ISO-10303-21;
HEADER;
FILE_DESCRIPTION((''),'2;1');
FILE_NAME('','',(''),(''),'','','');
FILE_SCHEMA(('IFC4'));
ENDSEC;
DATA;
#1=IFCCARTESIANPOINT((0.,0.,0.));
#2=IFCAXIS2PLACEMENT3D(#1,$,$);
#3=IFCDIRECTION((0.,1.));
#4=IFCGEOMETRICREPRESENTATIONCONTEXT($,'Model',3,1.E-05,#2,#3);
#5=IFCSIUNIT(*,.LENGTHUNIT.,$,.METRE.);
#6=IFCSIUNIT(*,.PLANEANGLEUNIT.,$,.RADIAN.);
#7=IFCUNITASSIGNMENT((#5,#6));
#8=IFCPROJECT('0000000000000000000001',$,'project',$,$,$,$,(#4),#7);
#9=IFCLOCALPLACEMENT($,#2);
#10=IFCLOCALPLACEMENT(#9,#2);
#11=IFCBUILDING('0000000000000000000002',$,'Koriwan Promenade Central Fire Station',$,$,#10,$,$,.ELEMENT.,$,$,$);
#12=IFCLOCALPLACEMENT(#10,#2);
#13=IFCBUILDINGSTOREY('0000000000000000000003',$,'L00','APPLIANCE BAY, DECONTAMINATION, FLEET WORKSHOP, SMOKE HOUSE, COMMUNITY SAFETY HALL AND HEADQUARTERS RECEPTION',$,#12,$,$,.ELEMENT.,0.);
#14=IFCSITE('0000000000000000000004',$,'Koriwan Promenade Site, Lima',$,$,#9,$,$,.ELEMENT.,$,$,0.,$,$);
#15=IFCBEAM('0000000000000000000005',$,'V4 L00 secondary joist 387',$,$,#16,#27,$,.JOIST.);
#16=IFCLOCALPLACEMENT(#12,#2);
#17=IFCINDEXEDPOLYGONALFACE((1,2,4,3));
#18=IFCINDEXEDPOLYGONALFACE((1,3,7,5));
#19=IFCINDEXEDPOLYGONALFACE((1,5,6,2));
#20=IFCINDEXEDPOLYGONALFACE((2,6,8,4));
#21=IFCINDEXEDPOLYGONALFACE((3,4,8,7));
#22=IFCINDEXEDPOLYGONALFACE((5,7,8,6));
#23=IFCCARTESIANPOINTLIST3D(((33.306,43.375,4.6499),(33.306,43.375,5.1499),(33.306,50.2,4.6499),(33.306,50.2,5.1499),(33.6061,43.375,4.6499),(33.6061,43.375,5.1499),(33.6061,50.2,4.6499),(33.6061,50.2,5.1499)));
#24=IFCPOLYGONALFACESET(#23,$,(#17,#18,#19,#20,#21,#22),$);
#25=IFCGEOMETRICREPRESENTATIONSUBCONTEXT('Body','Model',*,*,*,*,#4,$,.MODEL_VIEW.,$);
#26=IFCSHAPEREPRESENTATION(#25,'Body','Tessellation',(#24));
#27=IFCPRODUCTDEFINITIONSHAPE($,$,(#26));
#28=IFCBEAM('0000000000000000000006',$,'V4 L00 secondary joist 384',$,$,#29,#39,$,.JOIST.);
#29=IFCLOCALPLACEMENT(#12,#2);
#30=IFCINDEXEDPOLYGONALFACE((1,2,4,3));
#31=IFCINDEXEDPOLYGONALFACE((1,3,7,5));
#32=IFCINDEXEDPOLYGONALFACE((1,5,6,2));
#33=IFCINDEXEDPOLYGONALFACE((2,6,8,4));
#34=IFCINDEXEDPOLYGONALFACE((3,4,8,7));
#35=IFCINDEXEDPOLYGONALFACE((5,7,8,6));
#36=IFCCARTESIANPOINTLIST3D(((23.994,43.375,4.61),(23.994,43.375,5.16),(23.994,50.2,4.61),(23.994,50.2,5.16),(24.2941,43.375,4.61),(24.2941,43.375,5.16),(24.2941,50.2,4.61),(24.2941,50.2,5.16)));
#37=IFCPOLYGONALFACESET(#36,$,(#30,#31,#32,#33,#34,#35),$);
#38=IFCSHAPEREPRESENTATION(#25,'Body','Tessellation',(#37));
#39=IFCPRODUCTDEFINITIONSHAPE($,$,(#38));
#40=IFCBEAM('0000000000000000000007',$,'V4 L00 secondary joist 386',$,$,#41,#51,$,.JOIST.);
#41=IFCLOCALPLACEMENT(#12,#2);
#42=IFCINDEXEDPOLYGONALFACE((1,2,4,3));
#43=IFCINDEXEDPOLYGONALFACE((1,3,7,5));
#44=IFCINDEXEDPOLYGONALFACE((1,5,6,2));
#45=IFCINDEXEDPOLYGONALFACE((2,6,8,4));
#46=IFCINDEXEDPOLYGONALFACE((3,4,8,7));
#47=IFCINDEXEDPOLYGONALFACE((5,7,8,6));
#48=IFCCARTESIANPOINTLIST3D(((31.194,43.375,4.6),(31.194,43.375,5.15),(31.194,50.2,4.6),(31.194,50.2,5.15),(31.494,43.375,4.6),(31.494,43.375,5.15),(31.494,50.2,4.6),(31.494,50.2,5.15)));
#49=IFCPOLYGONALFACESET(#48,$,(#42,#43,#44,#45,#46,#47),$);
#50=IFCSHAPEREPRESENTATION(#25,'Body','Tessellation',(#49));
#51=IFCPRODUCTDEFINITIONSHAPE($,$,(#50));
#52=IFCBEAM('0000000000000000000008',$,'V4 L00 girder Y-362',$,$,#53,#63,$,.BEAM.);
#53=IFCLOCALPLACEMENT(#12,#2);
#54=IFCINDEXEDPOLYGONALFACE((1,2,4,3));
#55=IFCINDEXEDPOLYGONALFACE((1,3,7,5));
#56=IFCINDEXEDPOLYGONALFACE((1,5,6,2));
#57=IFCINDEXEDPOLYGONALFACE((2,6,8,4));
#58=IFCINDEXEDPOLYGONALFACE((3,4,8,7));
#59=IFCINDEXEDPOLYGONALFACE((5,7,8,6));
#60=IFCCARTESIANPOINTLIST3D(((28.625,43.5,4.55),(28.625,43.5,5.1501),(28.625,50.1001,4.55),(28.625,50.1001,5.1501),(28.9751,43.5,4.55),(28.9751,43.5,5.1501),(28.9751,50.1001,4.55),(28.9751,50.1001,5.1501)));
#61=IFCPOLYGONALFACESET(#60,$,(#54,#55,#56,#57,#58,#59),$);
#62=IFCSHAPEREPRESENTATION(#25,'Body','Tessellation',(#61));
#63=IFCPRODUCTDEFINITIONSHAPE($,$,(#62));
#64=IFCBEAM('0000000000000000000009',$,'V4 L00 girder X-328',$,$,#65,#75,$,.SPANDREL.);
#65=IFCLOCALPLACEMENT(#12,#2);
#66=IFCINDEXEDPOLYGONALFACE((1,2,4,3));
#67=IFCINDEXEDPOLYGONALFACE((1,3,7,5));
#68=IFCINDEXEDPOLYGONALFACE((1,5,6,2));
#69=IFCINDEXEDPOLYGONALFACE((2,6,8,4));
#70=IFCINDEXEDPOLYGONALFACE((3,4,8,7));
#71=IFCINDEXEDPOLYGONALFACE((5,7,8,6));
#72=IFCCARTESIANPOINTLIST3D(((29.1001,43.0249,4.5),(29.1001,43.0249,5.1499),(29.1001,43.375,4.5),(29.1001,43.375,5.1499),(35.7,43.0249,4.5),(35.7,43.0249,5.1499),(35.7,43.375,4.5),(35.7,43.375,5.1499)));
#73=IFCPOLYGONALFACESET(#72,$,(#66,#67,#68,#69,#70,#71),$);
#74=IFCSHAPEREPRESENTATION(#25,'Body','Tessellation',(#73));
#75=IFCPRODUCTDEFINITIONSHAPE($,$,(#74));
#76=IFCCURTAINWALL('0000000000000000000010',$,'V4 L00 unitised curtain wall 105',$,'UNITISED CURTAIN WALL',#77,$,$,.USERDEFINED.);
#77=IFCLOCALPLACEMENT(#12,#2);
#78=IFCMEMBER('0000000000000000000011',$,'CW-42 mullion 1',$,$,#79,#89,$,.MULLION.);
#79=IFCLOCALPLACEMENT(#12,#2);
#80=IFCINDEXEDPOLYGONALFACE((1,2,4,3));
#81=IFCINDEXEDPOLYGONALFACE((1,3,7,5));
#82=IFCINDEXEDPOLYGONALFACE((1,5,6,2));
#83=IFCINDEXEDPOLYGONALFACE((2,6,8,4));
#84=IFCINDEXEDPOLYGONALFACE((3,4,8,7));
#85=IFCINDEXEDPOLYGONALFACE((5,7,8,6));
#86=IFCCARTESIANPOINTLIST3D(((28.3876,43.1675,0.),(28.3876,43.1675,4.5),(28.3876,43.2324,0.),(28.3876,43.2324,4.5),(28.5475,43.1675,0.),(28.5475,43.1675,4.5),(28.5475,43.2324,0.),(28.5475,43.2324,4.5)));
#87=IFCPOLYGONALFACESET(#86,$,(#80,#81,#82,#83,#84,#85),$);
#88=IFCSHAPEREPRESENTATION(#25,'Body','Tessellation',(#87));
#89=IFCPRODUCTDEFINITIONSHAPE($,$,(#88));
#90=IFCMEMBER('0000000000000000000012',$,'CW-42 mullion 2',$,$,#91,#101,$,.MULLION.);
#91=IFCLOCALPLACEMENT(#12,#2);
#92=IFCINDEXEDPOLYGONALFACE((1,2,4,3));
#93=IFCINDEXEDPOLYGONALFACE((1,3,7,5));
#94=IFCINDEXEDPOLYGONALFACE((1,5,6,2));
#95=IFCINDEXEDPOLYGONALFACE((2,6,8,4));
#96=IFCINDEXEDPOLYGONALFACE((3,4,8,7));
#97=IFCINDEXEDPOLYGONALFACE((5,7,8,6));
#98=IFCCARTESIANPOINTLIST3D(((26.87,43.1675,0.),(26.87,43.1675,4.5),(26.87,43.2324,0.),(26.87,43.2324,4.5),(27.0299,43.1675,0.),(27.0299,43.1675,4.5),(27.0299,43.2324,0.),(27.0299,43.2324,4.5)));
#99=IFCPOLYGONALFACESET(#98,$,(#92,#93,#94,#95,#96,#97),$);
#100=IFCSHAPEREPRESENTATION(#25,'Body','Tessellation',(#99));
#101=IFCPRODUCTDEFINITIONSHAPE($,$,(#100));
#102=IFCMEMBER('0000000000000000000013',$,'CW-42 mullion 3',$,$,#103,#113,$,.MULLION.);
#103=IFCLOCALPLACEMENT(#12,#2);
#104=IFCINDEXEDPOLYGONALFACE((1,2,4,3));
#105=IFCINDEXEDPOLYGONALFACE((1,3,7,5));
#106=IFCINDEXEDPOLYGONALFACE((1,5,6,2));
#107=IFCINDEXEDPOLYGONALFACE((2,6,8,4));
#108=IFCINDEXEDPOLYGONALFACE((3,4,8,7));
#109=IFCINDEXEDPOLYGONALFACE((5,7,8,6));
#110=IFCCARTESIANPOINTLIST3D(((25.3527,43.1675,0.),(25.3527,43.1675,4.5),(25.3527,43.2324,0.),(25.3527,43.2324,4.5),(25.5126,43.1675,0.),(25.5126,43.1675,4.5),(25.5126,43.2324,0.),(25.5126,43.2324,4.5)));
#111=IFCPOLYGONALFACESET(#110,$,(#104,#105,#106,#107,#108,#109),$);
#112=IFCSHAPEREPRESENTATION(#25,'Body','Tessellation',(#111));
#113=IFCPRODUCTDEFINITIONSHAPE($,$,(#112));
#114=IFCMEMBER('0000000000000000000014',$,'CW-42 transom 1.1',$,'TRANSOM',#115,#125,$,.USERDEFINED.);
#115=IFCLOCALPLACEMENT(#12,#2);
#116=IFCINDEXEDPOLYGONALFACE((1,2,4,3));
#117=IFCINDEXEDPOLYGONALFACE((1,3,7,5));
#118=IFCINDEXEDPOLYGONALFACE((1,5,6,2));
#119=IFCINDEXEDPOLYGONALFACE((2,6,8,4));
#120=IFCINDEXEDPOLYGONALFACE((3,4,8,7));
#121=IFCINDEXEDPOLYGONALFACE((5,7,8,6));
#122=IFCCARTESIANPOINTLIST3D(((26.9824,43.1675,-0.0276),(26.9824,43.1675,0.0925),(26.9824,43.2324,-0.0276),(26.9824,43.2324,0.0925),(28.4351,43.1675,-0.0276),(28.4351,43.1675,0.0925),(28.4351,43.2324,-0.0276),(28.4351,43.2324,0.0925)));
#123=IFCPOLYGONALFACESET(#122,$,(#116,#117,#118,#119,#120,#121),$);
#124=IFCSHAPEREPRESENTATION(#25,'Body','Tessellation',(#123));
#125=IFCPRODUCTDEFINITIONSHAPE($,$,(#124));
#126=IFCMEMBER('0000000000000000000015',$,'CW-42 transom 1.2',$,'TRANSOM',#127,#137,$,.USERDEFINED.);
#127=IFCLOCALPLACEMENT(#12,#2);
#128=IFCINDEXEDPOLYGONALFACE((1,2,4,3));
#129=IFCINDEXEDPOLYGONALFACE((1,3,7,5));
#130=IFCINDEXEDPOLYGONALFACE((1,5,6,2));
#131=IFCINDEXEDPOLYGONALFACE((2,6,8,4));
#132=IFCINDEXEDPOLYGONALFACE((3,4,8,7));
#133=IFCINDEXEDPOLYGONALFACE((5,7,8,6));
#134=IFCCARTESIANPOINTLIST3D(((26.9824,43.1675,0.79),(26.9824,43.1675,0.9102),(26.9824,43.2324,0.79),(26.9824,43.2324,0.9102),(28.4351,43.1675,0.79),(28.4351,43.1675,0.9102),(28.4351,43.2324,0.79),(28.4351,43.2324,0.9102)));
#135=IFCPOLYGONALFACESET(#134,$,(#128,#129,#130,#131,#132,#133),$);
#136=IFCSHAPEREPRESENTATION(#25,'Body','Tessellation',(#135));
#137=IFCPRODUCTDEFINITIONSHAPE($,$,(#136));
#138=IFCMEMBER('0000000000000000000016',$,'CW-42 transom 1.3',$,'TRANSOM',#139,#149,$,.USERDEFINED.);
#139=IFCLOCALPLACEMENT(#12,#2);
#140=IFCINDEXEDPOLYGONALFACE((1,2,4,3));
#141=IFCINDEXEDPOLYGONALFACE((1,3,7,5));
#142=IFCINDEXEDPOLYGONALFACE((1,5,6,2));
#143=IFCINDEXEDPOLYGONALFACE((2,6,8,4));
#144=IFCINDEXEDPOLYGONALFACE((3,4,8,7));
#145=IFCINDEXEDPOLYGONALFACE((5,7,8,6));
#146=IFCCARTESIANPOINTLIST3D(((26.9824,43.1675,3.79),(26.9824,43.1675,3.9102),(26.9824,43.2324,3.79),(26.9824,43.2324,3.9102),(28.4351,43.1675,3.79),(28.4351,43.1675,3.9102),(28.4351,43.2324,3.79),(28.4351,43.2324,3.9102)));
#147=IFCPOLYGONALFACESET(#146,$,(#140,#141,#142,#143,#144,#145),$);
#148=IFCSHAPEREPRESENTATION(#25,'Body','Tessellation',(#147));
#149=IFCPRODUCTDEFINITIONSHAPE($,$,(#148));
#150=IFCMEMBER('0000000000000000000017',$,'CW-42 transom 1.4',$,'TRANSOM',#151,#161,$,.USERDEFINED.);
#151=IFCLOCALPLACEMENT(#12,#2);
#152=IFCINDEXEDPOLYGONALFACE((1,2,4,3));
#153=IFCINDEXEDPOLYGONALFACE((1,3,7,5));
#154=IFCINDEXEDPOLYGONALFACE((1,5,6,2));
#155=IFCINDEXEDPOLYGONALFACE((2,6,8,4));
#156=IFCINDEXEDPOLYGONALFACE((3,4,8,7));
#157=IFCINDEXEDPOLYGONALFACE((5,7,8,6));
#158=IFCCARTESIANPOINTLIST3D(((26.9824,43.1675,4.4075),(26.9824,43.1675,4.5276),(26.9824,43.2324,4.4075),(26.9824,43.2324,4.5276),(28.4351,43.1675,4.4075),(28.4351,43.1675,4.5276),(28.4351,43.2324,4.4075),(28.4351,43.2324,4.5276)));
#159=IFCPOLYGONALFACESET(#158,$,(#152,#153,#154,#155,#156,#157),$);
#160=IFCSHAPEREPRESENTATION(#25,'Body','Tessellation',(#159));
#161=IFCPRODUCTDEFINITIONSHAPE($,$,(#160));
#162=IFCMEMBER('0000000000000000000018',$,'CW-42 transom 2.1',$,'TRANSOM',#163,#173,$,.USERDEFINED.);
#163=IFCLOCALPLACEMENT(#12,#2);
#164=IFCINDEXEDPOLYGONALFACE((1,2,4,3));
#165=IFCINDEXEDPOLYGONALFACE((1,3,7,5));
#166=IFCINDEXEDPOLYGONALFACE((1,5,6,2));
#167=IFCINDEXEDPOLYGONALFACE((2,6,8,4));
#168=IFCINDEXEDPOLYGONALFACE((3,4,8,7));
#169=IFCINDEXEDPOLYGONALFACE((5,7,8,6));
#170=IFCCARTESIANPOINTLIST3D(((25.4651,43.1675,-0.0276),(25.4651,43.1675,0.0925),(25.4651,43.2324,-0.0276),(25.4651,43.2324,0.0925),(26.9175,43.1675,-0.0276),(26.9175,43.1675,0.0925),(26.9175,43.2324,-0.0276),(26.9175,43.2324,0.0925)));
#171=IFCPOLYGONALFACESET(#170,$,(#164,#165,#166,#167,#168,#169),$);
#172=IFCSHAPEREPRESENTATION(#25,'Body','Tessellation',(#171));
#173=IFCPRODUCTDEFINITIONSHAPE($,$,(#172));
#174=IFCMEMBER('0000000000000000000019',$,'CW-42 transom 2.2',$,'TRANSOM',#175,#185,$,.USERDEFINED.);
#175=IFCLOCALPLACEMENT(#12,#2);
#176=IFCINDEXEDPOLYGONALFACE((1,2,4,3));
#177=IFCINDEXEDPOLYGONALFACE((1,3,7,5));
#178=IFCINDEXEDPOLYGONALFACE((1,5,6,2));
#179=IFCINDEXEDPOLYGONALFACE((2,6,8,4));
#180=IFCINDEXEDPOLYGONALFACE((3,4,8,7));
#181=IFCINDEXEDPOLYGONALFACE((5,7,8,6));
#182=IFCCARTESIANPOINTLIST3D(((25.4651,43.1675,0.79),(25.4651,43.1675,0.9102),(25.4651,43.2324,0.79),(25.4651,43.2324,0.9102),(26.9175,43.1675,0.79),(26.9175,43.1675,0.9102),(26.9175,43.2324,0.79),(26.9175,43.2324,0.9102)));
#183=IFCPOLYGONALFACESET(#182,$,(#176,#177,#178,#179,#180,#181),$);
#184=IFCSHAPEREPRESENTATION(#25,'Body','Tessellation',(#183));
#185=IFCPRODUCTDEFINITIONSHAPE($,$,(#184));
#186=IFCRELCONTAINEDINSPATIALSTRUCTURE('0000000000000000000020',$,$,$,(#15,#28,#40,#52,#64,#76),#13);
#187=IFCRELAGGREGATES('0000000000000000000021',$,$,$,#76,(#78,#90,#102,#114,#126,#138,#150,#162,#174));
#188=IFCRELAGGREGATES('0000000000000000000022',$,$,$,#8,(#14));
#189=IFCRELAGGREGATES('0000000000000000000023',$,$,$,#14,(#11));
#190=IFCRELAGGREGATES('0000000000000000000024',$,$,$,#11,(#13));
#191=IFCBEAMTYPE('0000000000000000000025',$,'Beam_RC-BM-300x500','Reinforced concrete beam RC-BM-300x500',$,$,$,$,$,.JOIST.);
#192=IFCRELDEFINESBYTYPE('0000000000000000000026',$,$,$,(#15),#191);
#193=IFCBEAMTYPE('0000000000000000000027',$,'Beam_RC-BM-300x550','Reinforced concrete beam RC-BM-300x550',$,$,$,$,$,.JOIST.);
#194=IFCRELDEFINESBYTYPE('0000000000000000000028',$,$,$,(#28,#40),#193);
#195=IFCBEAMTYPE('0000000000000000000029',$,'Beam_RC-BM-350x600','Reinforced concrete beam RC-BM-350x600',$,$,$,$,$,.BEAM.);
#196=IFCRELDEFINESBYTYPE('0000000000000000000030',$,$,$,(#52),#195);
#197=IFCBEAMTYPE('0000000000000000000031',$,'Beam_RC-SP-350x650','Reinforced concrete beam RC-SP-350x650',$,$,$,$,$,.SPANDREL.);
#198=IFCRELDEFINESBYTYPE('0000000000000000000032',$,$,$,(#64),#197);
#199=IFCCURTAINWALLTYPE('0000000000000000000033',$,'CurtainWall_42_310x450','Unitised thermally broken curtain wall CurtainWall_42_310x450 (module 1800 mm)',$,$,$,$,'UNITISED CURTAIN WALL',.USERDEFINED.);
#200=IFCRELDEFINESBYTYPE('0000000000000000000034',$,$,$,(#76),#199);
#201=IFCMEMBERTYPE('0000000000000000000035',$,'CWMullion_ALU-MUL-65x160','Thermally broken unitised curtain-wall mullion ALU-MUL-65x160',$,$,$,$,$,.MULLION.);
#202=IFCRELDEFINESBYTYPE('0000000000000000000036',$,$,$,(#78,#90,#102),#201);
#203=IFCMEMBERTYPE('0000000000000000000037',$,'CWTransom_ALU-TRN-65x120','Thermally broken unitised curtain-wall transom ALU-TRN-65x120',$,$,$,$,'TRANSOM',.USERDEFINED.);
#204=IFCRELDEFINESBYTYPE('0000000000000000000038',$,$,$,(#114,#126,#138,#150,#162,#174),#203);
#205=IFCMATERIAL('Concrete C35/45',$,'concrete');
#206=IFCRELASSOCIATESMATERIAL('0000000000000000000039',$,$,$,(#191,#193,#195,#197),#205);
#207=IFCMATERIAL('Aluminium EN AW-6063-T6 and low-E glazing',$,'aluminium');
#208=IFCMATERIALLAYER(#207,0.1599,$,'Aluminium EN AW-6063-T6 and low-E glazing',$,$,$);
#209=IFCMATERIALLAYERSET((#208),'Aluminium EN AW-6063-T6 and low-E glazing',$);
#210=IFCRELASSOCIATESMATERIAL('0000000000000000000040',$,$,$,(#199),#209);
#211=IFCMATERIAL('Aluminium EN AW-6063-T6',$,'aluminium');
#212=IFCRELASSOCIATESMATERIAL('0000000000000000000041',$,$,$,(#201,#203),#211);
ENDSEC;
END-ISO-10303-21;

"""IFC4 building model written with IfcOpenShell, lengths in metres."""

from ifc_helpers import new_model, si_unit, direction, frame, origin, origin_2d, place, context, subcontext, project, spatial, rectangle, extrude, material, layer, layer_set, material_profile, profile_set, type_object, element, aggregate, save


model = new_model("IFC4")

# Units and contexts
model_context = context("Model", 3, precision=1e-05, world=origin(), true_north=direction((0.0, 1.0)))
body_context = subcontext(model_context, "Body", "Model", "MODEL_VIEW")
ifc_project = project(units=[si_unit("LENGTHUNIT", "METRE"), si_unit("PLANEANGLEUNIT", "RADIAN")], contexts=[model_context])

# Site, building, storey
site_placement = place(None, origin())
site = spatial("IfcSite", under=ifc_project, at=site_placement, Name="Koriwan Promenade Site, Lima", CompositionType="ELEMENT", RefElevation=0.0)
building_placement = place(site_placement, origin())
building = spatial("IfcBuilding", under=site, at=building_placement, Name="Koriwan Promenade Central Fire Station", CompositionType="ELEMENT")
storey_placement = place(building_placement, origin())
storey = spatial("IfcBuildingStorey", under=building, at=storey_placement, Name="L00", Description="APPLIANCE BAY, DECONTAMINATION, FLEET WORKSHOP, SMOKE HOUSE, COMMUNITY SAFETY HALL AND HEADQUARTERS RECEPTION", CompositionType="ELEMENT", Elevation=0.0)

# Shared definitions
ifc_material_1 = material(Name="Concrete C35/45", Category="concrete")

# Beams
ifc_material_profile_1 = material_profile(ifc_material_1, rectangle(XDim=0.3, YDim=0.5, at=origin_2d()), Name="RC-BM-300x500")
ifc_profile_set_1 = profile_set([ifc_material_profile_1], Name="Concrete C35/45")
beam_type_1 = type_object("IfcBeamType", Name="Beam_RC-BM-300x500", Description="Reinforced concrete beam RC-BM-300x500", PredefinedType="JOIST", material=ifc_profile_set_1)
for number, where, z_axis, x_axis, name in (
    (1, (33.4561, 43.375, 4.8999), (0.0, 1.0, 0.0), (-1.0, 0.0, 0.0), "V4 L00 secondary joist 387"),
):
    element("IfcBeam", number, at=place(storey_placement, frame(where, z_axis=z_axis, x_axis=x_axis)), inside=storey, type_object=beam_type_1, Name=name, PredefinedType="JOIST", context=body_context, shape_type="SweptSolid", body=[
        extrude(rectangle(XDim=0.3, YDim=0.5, at=origin_2d()), origin(), (0.0, 0.0, 1.0), 6.825),
    ])
ifc_material_profile_2 = material_profile(ifc_material_1, rectangle(XDim=0.3, YDim=0.55, at=origin_2d()), Name="RC-BM-300x550")
ifc_profile_set_2 = profile_set([ifc_material_profile_2], Name="Concrete C35/45")
beam_type_2 = type_object("IfcBeamType", Name="Beam_RC-BM-300x550", Description="Reinforced concrete beam RC-BM-300x550", PredefinedType="JOIST", material=ifc_profile_set_2)
for number, where, z_axis, x_axis, name in (
    (2, (24.144, 43.375, 4.885), (0.0, 1.0, 0.0), (-1.0, 0.0, 0.0), "V4 L00 secondary joist 384"),
    (3, (31.344, 43.375, 4.875), (0.0, 1.0, 0.0), (-1.0, 0.0, 0.0), "V4 L00 secondary joist 386"),
):
    element("IfcBeam", number, at=place(storey_placement, frame(where, z_axis=z_axis, x_axis=x_axis)), inside=storey, type_object=beam_type_2, Name=name, PredefinedType="JOIST", context=body_context, shape_type="SweptSolid", body=[
        extrude(rectangle(XDim=0.3, YDim=0.55, at=origin_2d()), origin(), (0.0, 0.0, 1.0), 6.825),
    ])
ifc_material_profile_3 = material_profile(ifc_material_1, rectangle(XDim=0.3501, YDim=0.6001, at=origin_2d()), Name="RC-BM-350x600")
ifc_profile_set_3 = profile_set([ifc_material_profile_3], Name="Concrete C35/45")
beam_type_3 = type_object("IfcBeamType", Name="Beam_RC-BM-350x600", Description="Reinforced concrete beam RC-BM-350x600", PredefinedType="BEAM", material=ifc_profile_set_3)
beam_1_placement = place(storey_placement, frame((28.8, 43.5, 4.8501), z_axis=(0.0, 1.0, 0.0), x_axis=(-1.0, 0.0, 0.0)))
element("IfcBeam", 4, at=beam_1_placement, inside=storey, type_object=beam_type_3, Name="V4 L00 girder Y-362", PredefinedType="BEAM", context=body_context, shape_type="SweptSolid", body=[
    extrude(rectangle(XDim=0.3501, YDim=0.6001, at=origin_2d()), origin(), (0.0, 0.0, 1.0), 6.6001),
])
ifc_material_profile_4 = material_profile(ifc_material_1, rectangle(XDim=0.3501, YDim=0.6499, at=origin_2d()), Name="RC-SP-350x650")
ifc_profile_set_4 = profile_set([ifc_material_profile_4], Name="Concrete C35/45")
beam_type_4 = type_object("IfcBeamType", Name="Beam_RC-SP-350x650", Description="Reinforced concrete beam RC-SP-350x650", PredefinedType="SPANDREL", material=ifc_profile_set_4)
beam_2_placement = place(storey_placement, frame((29.1001, 43.2, 4.825), z_axis=(1.0, 0.0, 0.0), x_axis=(0.0, 1.0, 0.0)))
element("IfcBeam", 5, at=beam_2_placement, inside=storey, type_object=beam_type_4, Name="V4 L00 girder X-328", PredefinedType="SPANDREL", context=body_context, shape_type="SweptSolid", body=[
    extrude(rectangle(XDim=0.3501, YDim=0.6499, at=origin_2d()), origin(), (0.0, 0.0, 1.0), 6.5999),
])

# Curtain wall, members
ifc_material_2 = material(Name="Aluminium EN AW-6063-T6 and low-E glazing", Category="aluminium")
ifc_layer_1 = layer(ifc_material_2, 0.1599, Name="Aluminium EN AW-6063-T6 and low-E glazing")
ifc_layer_set_1 = layer_set([ifc_layer_1], Name="Aluminium EN AW-6063-T6 and low-E glazing")
curtain_wall_type = type_object("IfcCurtainWallType", Name="CurtainWall_42_310x450", Description="Unitised thermally broken curtain wall CurtainWall_42_310x450 (module 1800 mm)", ElementType="UNITISED CURTAIN WALL", PredefinedType="USERDEFINED", material=ifc_layer_set_1)
curtain_wall_placement = place(storey_placement, origin())
curtain_wall = element("IfcCurtainWall", 6, at=curtain_wall_placement, inside=storey, type_object=curtain_wall_type, Name="V4 L00 unitised curtain wall 105", ObjectType="UNITISED CURTAIN WALL", PredefinedType="USERDEFINED")
ifc_material_3 = material(Name="Aluminium EN AW-6063-T6", Category="aluminium")
ifc_material_profile_5 = material_profile(ifc_material_3, rectangle(XDim=0.0649, YDim=0.1599, at=origin_2d()), Name="ALU-MUL-65x160")
ifc_profile_set_5 = profile_set([ifc_material_profile_5], Name="Aluminium EN AW-6063-T6")
member_type_1 = type_object("IfcMemberType", Name="CWMullion_ALU-MUL-65x160", Description="Thermally broken unitised curtain-wall mullion ALU-MUL-65x160", PredefinedType="MULLION", material=ifc_profile_set_5)
member_1_placement = place(storey_placement, frame((28.4675, 43.2, 0.0), z_axis=(0.0, 0.0, 1.0), x_axis=(0.0, -1.0, 0.0)))
member_1 = element("IfcMember", 7, at=member_1_placement, type_object=member_type_1, Name="CW-42 mullion 1", PredefinedType="MULLION", context=body_context, shape_type="SweptSolid", body=[
    extrude(rectangle(XDim=0.0649, YDim=0.1599, at=origin_2d()), origin(), (0.0, 0.0, 1.0), 4.5),
])
member_2_placement = place(storey_placement, frame((26.95, 43.2, 0.0), z_axis=(0.0, 0.0, 1.0), x_axis=(0.0, -1.0, 0.0)))
member_2 = element("IfcMember", 8, at=member_2_placement, type_object=member_type_1, Name="CW-42 mullion 2", PredefinedType="MULLION", context=body_context, shape_type="SweptSolid", body=[
    extrude(rectangle(XDim=0.0649, YDim=0.1599, at=origin_2d()), origin(), (0.0, 0.0, 1.0), 4.5),
])
member_3_placement = place(storey_placement, frame((25.4326, 43.2, 0.0), z_axis=(0.0, 0.0, 1.0), x_axis=(0.0, -1.0, 0.0)))
member_3 = element("IfcMember", 9, at=member_3_placement, type_object=member_type_1, Name="CW-42 mullion 3", PredefinedType="MULLION", context=body_context, shape_type="SweptSolid", body=[
    extrude(rectangle(XDim=0.0649, YDim=0.1599, at=origin_2d()), origin(), (0.0, 0.0, 1.0), 4.5),
])
ifc_material_profile_6 = material_profile(ifc_material_3, rectangle(XDim=0.0649, YDim=0.1201, at=origin_2d()), Name="ALU-TRN-65x120")
ifc_profile_set_6 = profile_set([ifc_material_profile_6], Name="Aluminium EN AW-6063-T6")
member_type_2 = type_object("IfcMemberType", Name="CWTransom_ALU-TRN-65x120", Description="Thermally broken unitised curtain-wall transom ALU-TRN-65x120", ElementType="TRANSOM", PredefinedType="USERDEFINED", material=ifc_profile_set_6)
member_4_placement = place(storey_placement, frame((28.4351, 43.2, 0.0325), z_axis=(-1.0, 0.0, 0.0), x_axis=(0.0, -1.0, 0.0)))
member_4 = element("IfcMember", 10, at=member_4_placement, type_object=member_type_2, Name="CW-42 transom 1.1", ObjectType="TRANSOM", PredefinedType="USERDEFINED", context=body_context, shape_type="SweptSolid", body=[
    extrude(rectangle(XDim=0.0649, YDim=0.1201, at=origin_2d()), origin(), (0.0, 0.0, 1.0), 1.4526),
])
member_5_placement = place(storey_placement, frame((28.4351, 43.2, 0.8501), z_axis=(-1.0, 0.0, 0.0), x_axis=(0.0, -1.0, 0.0)))
member_5 = element("IfcMember", 11, at=member_5_placement, type_object=member_type_2, Name="CW-42 transom 1.2", ObjectType="TRANSOM", PredefinedType="USERDEFINED", context=body_context, shape_type="SweptSolid", body=[
    extrude(rectangle(XDim=0.0649, YDim=0.1201, at=origin_2d()), origin(), (0.0, 0.0, 1.0), 1.4526),
])
member_6_placement = place(storey_placement, frame((28.4351, 43.2, 3.8501), z_axis=(-1.0, 0.0, 0.0), x_axis=(0.0, -1.0, 0.0)))
member_6 = element("IfcMember", 12, at=member_6_placement, type_object=member_type_2, Name="CW-42 transom 1.3", ObjectType="TRANSOM", PredefinedType="USERDEFINED", context=body_context, shape_type="SweptSolid", body=[
    extrude(rectangle(XDim=0.0649, YDim=0.1201, at=origin_2d()), origin(), (0.0, 0.0, 1.0), 1.4526),
])
member_7_placement = place(storey_placement, frame((28.4351, 43.2, 4.4675), z_axis=(-1.0, 0.0, 0.0), x_axis=(0.0, -1.0, 0.0)))
member_7 = element("IfcMember", 13, at=member_7_placement, type_object=member_type_2, Name="CW-42 transom 1.4", ObjectType="TRANSOM", PredefinedType="USERDEFINED", context=body_context, shape_type="SweptSolid", body=[
    extrude(rectangle(XDim=0.0649, YDim=0.1201, at=origin_2d()), origin(), (0.0, 0.0, 1.0), 1.4526),
])
member_8_placement = place(storey_placement, frame((26.9175, 43.2, 0.0325), z_axis=(-1.0, 0.0, 0.0), x_axis=(0.0, -1.0, 0.0)))
member_8 = element("IfcMember", 14, at=member_8_placement, type_object=member_type_2, Name="CW-42 transom 2.1", ObjectType="TRANSOM", PredefinedType="USERDEFINED", context=body_context, shape_type="SweptSolid", body=[
    extrude(rectangle(XDim=0.0649, YDim=0.1201, at=origin_2d()), origin(), (0.0, 0.0, 1.0), 1.4524),
])
member_9_placement = place(storey_placement, frame((26.9175, 43.2, 0.8501), z_axis=(-1.0, 0.0, 0.0), x_axis=(0.0, -1.0, 0.0)))
member_9 = element("IfcMember", 15, at=member_9_placement, type_object=member_type_2, Name="CW-42 transom 2.2", ObjectType="TRANSOM", PredefinedType="USERDEFINED", context=body_context, shape_type="SweptSolid", body=[
    extrude(rectangle(XDim=0.0649, YDim=0.1201, at=origin_2d()), origin(), (0.0, 0.0, 1.0), 1.4524),
])
aggregate(curtain_wall, [member_1, member_2, member_3, member_4, member_5, member_6, member_7, member_8, member_9])

save(model, "model.ifc")
